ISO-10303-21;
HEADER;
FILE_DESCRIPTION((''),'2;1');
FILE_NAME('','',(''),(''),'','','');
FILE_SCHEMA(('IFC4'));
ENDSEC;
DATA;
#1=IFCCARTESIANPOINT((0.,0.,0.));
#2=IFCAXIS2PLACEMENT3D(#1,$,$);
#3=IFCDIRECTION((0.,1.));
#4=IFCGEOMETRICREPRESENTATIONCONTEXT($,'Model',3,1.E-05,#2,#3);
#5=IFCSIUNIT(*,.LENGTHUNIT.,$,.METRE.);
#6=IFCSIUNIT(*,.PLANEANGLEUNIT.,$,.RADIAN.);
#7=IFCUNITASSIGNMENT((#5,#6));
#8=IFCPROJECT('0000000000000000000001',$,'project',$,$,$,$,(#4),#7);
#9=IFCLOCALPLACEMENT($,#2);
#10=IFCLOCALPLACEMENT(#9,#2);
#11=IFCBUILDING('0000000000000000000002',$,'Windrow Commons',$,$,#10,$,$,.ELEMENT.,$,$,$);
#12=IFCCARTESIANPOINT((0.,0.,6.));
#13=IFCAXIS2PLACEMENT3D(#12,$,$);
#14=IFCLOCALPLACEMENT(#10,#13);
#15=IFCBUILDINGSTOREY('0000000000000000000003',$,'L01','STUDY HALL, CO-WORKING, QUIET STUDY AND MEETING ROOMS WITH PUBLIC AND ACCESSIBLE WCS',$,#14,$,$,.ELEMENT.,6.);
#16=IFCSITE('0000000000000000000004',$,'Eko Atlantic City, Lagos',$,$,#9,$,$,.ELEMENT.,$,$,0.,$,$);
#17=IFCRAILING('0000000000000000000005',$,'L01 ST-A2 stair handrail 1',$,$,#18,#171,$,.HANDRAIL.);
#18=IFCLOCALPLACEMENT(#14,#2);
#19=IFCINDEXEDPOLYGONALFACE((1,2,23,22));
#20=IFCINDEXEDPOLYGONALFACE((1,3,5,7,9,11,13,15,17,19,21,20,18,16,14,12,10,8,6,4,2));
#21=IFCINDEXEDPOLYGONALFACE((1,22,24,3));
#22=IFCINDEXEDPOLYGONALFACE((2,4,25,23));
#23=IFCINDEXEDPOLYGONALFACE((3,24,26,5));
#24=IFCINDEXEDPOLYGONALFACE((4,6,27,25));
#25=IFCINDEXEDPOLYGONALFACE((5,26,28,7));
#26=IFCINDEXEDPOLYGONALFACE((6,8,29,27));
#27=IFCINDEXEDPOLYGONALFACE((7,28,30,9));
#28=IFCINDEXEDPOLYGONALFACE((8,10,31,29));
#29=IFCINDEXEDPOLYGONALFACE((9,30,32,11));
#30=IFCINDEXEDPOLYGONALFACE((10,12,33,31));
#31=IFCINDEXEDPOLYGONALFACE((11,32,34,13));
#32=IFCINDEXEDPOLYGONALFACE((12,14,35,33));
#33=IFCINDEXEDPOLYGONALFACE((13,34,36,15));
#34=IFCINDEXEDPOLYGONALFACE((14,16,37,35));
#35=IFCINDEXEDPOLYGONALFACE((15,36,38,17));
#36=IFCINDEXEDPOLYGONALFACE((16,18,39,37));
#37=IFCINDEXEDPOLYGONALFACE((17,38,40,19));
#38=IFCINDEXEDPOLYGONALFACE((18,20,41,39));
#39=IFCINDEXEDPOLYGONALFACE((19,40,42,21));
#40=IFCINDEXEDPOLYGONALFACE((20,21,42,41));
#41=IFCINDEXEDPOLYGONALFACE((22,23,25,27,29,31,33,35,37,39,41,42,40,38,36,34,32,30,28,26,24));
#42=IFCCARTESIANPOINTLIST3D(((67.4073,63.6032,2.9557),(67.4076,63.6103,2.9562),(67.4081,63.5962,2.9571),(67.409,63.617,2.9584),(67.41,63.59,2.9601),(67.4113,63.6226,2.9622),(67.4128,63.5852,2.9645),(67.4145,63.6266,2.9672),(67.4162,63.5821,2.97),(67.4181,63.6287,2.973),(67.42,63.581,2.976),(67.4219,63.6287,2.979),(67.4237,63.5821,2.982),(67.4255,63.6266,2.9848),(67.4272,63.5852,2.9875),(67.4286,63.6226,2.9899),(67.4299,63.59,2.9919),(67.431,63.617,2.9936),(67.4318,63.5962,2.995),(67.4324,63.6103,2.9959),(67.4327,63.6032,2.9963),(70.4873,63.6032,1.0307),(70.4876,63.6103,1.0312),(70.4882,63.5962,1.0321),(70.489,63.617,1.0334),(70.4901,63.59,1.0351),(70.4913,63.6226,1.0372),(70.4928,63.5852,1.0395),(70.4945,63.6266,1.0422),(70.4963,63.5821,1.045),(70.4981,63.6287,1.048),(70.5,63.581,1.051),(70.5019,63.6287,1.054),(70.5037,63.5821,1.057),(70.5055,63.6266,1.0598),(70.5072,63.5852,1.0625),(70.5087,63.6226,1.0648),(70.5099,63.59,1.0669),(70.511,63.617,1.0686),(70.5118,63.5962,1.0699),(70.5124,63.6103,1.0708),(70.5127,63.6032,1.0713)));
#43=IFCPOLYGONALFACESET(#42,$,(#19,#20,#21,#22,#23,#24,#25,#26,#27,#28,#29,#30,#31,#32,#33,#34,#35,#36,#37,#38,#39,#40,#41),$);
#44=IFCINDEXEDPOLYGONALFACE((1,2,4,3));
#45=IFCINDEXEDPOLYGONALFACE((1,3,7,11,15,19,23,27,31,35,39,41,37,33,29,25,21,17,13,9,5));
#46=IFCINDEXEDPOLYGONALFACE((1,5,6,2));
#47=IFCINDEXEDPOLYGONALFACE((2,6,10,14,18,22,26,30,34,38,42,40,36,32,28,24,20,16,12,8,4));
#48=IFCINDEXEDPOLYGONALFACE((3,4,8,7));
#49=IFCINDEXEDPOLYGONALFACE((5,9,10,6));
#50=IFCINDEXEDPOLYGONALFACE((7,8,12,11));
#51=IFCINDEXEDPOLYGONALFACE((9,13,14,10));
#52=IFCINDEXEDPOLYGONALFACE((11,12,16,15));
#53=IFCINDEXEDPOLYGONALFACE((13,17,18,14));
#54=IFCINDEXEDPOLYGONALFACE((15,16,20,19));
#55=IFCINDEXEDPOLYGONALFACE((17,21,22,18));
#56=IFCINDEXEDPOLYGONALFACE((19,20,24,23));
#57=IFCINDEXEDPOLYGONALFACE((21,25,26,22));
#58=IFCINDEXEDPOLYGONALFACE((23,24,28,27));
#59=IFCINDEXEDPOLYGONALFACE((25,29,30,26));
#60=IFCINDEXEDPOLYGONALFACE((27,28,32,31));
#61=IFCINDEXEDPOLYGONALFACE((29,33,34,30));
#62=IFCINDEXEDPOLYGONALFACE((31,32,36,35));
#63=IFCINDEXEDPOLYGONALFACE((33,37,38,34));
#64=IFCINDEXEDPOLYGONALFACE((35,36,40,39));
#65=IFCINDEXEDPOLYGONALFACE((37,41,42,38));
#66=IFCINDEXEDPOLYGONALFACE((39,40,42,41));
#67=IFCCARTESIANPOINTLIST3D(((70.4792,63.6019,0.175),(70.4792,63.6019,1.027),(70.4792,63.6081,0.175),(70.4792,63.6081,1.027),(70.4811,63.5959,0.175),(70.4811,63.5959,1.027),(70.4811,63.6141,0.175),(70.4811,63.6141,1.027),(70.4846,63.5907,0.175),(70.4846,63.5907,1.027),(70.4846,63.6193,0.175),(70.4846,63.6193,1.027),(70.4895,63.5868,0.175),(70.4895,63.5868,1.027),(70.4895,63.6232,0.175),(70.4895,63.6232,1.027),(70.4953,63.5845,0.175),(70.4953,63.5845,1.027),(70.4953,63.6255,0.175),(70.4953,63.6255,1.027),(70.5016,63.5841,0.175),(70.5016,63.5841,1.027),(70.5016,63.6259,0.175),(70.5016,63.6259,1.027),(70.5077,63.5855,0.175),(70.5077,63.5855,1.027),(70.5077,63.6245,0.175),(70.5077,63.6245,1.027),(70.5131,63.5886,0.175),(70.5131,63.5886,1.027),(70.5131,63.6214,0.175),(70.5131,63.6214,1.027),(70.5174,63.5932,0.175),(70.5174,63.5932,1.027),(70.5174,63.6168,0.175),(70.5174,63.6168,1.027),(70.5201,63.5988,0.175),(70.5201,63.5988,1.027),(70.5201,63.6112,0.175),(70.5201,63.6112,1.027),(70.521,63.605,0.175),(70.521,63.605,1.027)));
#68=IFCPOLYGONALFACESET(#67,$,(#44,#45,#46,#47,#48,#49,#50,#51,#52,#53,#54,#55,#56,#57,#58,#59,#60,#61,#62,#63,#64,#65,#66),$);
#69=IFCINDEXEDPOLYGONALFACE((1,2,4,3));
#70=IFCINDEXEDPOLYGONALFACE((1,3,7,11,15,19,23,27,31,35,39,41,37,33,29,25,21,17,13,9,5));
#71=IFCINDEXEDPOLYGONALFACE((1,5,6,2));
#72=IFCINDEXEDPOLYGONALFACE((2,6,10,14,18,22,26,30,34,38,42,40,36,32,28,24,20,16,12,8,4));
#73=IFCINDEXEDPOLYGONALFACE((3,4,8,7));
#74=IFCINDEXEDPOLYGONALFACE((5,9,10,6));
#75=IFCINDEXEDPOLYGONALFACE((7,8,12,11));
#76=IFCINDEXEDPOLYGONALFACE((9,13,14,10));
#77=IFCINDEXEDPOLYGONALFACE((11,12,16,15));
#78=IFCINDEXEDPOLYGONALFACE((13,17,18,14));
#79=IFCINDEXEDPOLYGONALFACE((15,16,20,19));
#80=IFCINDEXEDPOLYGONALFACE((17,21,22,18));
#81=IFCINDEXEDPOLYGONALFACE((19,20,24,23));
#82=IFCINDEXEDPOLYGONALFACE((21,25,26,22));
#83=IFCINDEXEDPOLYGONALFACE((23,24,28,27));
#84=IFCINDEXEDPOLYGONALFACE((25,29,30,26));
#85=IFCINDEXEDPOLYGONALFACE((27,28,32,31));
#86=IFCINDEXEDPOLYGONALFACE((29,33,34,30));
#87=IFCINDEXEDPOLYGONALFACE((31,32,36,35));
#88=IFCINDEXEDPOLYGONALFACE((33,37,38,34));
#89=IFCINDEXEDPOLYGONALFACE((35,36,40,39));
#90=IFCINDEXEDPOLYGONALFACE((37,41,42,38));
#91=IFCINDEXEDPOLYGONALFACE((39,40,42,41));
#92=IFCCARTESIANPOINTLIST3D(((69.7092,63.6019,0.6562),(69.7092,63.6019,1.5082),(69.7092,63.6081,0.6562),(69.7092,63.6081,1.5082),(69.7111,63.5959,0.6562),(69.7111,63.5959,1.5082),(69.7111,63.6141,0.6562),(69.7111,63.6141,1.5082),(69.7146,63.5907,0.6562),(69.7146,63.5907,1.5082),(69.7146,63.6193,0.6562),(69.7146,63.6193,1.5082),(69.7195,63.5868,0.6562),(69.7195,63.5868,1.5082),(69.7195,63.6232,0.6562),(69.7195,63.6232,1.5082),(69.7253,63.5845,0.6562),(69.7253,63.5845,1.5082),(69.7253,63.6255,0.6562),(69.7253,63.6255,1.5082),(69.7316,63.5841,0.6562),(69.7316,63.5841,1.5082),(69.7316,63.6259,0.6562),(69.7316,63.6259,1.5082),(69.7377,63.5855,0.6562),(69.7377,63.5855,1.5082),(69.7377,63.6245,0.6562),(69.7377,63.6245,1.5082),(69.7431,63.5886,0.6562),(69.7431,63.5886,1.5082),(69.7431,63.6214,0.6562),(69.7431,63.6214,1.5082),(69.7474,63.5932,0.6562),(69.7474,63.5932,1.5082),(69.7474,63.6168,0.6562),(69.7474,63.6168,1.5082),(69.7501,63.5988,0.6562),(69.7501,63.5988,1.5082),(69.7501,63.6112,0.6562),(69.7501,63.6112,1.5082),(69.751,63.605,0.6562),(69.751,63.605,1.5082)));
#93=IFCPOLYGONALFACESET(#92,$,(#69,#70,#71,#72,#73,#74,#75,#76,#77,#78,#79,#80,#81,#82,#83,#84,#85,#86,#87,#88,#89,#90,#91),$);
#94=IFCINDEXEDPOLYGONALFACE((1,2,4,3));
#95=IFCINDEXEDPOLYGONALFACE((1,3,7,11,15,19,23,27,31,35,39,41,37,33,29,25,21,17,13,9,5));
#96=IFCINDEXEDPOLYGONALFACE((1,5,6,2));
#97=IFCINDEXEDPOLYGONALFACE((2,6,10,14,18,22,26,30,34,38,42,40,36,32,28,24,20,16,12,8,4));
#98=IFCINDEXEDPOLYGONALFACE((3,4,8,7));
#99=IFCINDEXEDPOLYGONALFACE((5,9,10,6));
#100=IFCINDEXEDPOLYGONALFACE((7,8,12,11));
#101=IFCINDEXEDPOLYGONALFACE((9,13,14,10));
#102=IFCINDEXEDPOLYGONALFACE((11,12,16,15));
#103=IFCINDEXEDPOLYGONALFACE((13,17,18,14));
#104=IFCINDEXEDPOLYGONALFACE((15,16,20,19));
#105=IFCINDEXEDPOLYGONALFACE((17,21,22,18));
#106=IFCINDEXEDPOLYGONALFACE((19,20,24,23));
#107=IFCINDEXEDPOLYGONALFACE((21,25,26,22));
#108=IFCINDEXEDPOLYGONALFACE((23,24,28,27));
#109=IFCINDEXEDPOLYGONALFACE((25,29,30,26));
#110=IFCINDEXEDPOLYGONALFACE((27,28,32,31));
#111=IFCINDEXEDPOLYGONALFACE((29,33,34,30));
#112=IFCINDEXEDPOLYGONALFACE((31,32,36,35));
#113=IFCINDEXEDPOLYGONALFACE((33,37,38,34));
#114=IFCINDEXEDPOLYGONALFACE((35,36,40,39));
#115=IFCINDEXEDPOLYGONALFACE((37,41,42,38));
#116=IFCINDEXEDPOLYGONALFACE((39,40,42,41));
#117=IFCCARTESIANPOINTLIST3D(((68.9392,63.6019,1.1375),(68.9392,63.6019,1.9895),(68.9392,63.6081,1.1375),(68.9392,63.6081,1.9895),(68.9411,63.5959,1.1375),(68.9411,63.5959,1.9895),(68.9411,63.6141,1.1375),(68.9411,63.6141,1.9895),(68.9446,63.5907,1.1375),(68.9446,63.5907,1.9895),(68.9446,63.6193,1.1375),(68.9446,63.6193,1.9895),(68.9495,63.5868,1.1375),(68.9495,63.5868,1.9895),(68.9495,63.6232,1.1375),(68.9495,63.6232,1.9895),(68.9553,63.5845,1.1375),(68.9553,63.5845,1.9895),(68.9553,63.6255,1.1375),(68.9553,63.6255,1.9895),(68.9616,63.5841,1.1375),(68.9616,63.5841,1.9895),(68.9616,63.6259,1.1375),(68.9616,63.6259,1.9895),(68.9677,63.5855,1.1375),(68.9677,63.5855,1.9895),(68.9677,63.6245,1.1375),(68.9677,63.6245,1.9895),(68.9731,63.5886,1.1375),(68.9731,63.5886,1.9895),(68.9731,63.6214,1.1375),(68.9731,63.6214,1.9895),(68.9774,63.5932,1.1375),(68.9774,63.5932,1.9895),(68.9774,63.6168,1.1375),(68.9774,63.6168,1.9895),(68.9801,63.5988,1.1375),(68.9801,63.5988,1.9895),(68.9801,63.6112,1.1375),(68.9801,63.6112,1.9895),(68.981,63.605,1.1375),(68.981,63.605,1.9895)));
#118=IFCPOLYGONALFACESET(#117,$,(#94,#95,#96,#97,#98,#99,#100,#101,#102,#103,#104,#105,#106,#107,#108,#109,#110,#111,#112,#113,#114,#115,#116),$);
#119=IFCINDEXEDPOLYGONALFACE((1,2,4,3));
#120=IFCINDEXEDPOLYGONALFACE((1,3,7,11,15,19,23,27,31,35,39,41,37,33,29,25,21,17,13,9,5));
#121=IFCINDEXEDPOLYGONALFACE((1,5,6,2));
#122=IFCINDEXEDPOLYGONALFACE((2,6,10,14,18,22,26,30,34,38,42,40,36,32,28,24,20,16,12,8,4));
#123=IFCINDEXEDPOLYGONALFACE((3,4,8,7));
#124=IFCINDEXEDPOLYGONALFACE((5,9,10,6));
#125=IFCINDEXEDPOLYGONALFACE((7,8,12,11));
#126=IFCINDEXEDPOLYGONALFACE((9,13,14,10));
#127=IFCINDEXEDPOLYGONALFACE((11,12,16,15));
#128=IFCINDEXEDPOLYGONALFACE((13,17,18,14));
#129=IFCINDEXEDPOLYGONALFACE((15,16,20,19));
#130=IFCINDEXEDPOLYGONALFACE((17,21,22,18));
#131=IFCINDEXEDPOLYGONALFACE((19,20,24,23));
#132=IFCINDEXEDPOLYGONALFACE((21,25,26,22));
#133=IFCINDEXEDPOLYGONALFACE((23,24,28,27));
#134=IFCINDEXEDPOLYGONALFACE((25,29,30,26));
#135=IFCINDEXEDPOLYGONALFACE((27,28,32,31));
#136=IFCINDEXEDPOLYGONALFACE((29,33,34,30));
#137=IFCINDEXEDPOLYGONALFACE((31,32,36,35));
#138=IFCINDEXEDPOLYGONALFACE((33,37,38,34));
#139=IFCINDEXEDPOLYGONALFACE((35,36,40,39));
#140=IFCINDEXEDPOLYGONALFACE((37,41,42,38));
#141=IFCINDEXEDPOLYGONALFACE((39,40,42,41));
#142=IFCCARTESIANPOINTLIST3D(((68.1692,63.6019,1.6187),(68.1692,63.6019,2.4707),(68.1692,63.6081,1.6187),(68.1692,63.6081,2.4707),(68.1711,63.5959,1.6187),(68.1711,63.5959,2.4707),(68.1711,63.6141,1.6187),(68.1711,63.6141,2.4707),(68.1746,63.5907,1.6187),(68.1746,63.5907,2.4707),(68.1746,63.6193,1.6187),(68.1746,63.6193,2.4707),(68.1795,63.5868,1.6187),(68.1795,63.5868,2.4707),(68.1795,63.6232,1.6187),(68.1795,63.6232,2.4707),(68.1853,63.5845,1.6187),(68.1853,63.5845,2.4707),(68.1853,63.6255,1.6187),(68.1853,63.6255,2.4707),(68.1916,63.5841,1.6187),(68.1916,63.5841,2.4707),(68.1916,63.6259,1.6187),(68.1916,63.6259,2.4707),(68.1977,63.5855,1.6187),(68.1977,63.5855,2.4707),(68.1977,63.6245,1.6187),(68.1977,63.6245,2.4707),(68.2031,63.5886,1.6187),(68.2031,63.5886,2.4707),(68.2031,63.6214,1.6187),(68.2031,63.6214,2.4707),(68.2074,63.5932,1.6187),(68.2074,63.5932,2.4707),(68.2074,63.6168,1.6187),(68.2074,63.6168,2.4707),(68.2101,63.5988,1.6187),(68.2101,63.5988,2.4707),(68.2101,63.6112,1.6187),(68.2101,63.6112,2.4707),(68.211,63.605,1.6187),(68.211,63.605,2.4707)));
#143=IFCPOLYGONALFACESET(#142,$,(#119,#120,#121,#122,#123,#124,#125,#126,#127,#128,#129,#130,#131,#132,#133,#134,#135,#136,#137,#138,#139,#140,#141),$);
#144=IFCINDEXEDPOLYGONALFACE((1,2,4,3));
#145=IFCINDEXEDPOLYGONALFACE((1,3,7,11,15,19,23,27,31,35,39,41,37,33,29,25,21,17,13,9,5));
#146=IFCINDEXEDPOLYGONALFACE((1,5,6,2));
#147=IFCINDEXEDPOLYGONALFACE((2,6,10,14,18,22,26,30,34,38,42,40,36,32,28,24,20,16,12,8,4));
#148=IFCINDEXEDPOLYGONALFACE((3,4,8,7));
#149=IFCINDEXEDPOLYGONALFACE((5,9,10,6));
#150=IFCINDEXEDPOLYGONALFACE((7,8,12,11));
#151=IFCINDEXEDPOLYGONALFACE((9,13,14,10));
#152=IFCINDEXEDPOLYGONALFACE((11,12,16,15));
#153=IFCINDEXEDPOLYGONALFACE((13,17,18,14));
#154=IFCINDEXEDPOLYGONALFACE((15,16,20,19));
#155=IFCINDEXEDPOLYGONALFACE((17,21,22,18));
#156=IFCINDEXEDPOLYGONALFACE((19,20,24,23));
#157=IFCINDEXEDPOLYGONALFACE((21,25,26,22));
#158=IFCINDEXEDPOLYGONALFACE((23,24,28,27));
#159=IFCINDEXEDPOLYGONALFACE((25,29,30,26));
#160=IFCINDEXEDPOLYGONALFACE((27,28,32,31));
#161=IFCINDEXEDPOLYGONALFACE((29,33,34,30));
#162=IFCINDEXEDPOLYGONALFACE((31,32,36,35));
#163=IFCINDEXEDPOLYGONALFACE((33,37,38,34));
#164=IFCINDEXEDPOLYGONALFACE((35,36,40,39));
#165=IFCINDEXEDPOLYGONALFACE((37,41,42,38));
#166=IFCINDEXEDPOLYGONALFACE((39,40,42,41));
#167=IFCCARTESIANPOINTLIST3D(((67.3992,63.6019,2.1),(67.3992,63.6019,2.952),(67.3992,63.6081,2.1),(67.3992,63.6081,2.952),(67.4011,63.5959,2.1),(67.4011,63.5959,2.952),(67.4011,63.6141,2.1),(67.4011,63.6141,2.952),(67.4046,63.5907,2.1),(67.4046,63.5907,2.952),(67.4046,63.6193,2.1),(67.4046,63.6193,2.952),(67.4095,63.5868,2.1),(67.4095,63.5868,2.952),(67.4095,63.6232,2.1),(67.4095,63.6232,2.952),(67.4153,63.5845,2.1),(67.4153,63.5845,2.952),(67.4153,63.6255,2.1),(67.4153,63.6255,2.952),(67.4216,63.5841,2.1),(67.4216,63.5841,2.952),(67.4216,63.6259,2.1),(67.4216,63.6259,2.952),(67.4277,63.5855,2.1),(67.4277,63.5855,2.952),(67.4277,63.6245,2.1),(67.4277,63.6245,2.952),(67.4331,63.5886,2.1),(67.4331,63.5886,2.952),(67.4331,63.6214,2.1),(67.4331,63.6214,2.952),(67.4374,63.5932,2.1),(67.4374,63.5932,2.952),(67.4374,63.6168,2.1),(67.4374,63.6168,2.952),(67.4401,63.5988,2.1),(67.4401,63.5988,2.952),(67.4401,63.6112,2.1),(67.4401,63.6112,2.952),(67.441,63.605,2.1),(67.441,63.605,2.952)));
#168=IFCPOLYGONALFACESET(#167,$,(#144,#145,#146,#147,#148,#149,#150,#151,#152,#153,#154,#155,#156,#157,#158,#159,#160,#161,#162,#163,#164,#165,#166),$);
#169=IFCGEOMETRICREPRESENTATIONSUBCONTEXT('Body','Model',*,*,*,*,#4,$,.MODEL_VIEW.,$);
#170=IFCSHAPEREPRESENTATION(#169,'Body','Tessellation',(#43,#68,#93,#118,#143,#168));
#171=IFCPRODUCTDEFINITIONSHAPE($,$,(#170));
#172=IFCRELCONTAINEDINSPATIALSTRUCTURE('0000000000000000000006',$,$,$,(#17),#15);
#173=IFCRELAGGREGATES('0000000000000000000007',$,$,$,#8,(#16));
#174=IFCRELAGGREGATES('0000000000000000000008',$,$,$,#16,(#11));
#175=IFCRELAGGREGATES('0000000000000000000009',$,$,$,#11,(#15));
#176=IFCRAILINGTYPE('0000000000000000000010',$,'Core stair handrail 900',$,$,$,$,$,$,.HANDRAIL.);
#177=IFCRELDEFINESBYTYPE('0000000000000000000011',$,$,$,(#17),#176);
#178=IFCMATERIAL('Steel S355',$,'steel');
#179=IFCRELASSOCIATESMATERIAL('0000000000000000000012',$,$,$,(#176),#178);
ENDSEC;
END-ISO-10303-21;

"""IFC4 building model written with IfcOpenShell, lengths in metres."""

from ifc_helpers import new_model, si_unit, direction, frame, origin, origin_2d, place, context, subcontext, project, spatial, circle, extrude, material, type_object, element, save


model = new_model("IFC4")

# Units and contexts
model_context = context("Model", 3, precision=1e-05, world=origin(), true_north=direction((0.0, 1.0)))
body_context = subcontext(model_context, "Body", "Model", "MODEL_VIEW")
ifc_project = project(units=[si_unit("LENGTHUNIT", "METRE"), si_unit("PLANEANGLEUNIT", "RADIAN")], contexts=[model_context])

# Site, building, storey
site_placement = place(None, origin())
site = spatial("IfcSite", under=ifc_project, at=site_placement, Name="Eko Atlantic City, Lagos", CompositionType="ELEMENT", RefElevation=0.0)
building_placement = place(site_placement, origin())
building = spatial("IfcBuilding", under=site, at=building_placement, Name="Windrow Commons", CompositionType="ELEMENT")
storey_placement = place(building_placement, frame((0.0, 0.0, 6.0)))
storey = spatial("IfcBuildingStorey", under=building, at=storey_placement, Name="L01", Description="STUDY HALL, CO-WORKING, QUIET STUDY AND MEETING ROOMS WITH PUBLIC AND ACCESSIBLE WCS", CompositionType="ELEMENT", Elevation=6.0)

# Railing
ifc_material_1 = material(Name="Steel S355", Category="steel")
railing_type_1 = type_object("IfcRailingType", Name="Core stair handrail 900", PredefinedType="HANDRAIL", material=ifc_material_1)
for number, where, name in (
    (1, (70.5, 63.605, 0.175), "L01 ST-A2 stair handrail 1"),
):
    element("IfcRailing", number, at=place(storey_placement, frame(where)), inside=storey, type_object=railing_type_1, Name=name, PredefinedType="HANDRAIL", context=body_context, shape_type="SweptSolid", body=[
        extrude(circle(Radius=0.024, at=origin_2d()), frame((0.0, 0.0, 0.876), z_axis=(-0.847998, 0.0, 0.529999), x_axis=(0.0, -1.0, 0.0)), (0.0, 0.0, 1.0), 3.6321),
        extrude(circle(Radius=0.021, at=origin_2d()), origin(), (0.0, 0.0, 1.0), 0.852),
        extrude(circle(Radius=0.021, at=origin_2d()), frame((-0.77, 0.0, 0.4812)), (0.0, 0.0, 1.0), 0.852),
        extrude(circle(Radius=0.021, at=origin_2d()), frame((-1.54, 0.0, 0.9625)), (0.0, 0.0, 1.0), 0.852),
        extrude(circle(Radius=0.021, at=origin_2d()), frame((-2.31, 0.0, 1.4437)), (0.0, 0.0, 1.0), 0.852),
        extrude(circle(Radius=0.021, at=origin_2d()), frame((-3.08, 0.0, 1.925)), (0.0, 0.0, 1.0), 0.852),
    ])

save(model, "model.ifc")
